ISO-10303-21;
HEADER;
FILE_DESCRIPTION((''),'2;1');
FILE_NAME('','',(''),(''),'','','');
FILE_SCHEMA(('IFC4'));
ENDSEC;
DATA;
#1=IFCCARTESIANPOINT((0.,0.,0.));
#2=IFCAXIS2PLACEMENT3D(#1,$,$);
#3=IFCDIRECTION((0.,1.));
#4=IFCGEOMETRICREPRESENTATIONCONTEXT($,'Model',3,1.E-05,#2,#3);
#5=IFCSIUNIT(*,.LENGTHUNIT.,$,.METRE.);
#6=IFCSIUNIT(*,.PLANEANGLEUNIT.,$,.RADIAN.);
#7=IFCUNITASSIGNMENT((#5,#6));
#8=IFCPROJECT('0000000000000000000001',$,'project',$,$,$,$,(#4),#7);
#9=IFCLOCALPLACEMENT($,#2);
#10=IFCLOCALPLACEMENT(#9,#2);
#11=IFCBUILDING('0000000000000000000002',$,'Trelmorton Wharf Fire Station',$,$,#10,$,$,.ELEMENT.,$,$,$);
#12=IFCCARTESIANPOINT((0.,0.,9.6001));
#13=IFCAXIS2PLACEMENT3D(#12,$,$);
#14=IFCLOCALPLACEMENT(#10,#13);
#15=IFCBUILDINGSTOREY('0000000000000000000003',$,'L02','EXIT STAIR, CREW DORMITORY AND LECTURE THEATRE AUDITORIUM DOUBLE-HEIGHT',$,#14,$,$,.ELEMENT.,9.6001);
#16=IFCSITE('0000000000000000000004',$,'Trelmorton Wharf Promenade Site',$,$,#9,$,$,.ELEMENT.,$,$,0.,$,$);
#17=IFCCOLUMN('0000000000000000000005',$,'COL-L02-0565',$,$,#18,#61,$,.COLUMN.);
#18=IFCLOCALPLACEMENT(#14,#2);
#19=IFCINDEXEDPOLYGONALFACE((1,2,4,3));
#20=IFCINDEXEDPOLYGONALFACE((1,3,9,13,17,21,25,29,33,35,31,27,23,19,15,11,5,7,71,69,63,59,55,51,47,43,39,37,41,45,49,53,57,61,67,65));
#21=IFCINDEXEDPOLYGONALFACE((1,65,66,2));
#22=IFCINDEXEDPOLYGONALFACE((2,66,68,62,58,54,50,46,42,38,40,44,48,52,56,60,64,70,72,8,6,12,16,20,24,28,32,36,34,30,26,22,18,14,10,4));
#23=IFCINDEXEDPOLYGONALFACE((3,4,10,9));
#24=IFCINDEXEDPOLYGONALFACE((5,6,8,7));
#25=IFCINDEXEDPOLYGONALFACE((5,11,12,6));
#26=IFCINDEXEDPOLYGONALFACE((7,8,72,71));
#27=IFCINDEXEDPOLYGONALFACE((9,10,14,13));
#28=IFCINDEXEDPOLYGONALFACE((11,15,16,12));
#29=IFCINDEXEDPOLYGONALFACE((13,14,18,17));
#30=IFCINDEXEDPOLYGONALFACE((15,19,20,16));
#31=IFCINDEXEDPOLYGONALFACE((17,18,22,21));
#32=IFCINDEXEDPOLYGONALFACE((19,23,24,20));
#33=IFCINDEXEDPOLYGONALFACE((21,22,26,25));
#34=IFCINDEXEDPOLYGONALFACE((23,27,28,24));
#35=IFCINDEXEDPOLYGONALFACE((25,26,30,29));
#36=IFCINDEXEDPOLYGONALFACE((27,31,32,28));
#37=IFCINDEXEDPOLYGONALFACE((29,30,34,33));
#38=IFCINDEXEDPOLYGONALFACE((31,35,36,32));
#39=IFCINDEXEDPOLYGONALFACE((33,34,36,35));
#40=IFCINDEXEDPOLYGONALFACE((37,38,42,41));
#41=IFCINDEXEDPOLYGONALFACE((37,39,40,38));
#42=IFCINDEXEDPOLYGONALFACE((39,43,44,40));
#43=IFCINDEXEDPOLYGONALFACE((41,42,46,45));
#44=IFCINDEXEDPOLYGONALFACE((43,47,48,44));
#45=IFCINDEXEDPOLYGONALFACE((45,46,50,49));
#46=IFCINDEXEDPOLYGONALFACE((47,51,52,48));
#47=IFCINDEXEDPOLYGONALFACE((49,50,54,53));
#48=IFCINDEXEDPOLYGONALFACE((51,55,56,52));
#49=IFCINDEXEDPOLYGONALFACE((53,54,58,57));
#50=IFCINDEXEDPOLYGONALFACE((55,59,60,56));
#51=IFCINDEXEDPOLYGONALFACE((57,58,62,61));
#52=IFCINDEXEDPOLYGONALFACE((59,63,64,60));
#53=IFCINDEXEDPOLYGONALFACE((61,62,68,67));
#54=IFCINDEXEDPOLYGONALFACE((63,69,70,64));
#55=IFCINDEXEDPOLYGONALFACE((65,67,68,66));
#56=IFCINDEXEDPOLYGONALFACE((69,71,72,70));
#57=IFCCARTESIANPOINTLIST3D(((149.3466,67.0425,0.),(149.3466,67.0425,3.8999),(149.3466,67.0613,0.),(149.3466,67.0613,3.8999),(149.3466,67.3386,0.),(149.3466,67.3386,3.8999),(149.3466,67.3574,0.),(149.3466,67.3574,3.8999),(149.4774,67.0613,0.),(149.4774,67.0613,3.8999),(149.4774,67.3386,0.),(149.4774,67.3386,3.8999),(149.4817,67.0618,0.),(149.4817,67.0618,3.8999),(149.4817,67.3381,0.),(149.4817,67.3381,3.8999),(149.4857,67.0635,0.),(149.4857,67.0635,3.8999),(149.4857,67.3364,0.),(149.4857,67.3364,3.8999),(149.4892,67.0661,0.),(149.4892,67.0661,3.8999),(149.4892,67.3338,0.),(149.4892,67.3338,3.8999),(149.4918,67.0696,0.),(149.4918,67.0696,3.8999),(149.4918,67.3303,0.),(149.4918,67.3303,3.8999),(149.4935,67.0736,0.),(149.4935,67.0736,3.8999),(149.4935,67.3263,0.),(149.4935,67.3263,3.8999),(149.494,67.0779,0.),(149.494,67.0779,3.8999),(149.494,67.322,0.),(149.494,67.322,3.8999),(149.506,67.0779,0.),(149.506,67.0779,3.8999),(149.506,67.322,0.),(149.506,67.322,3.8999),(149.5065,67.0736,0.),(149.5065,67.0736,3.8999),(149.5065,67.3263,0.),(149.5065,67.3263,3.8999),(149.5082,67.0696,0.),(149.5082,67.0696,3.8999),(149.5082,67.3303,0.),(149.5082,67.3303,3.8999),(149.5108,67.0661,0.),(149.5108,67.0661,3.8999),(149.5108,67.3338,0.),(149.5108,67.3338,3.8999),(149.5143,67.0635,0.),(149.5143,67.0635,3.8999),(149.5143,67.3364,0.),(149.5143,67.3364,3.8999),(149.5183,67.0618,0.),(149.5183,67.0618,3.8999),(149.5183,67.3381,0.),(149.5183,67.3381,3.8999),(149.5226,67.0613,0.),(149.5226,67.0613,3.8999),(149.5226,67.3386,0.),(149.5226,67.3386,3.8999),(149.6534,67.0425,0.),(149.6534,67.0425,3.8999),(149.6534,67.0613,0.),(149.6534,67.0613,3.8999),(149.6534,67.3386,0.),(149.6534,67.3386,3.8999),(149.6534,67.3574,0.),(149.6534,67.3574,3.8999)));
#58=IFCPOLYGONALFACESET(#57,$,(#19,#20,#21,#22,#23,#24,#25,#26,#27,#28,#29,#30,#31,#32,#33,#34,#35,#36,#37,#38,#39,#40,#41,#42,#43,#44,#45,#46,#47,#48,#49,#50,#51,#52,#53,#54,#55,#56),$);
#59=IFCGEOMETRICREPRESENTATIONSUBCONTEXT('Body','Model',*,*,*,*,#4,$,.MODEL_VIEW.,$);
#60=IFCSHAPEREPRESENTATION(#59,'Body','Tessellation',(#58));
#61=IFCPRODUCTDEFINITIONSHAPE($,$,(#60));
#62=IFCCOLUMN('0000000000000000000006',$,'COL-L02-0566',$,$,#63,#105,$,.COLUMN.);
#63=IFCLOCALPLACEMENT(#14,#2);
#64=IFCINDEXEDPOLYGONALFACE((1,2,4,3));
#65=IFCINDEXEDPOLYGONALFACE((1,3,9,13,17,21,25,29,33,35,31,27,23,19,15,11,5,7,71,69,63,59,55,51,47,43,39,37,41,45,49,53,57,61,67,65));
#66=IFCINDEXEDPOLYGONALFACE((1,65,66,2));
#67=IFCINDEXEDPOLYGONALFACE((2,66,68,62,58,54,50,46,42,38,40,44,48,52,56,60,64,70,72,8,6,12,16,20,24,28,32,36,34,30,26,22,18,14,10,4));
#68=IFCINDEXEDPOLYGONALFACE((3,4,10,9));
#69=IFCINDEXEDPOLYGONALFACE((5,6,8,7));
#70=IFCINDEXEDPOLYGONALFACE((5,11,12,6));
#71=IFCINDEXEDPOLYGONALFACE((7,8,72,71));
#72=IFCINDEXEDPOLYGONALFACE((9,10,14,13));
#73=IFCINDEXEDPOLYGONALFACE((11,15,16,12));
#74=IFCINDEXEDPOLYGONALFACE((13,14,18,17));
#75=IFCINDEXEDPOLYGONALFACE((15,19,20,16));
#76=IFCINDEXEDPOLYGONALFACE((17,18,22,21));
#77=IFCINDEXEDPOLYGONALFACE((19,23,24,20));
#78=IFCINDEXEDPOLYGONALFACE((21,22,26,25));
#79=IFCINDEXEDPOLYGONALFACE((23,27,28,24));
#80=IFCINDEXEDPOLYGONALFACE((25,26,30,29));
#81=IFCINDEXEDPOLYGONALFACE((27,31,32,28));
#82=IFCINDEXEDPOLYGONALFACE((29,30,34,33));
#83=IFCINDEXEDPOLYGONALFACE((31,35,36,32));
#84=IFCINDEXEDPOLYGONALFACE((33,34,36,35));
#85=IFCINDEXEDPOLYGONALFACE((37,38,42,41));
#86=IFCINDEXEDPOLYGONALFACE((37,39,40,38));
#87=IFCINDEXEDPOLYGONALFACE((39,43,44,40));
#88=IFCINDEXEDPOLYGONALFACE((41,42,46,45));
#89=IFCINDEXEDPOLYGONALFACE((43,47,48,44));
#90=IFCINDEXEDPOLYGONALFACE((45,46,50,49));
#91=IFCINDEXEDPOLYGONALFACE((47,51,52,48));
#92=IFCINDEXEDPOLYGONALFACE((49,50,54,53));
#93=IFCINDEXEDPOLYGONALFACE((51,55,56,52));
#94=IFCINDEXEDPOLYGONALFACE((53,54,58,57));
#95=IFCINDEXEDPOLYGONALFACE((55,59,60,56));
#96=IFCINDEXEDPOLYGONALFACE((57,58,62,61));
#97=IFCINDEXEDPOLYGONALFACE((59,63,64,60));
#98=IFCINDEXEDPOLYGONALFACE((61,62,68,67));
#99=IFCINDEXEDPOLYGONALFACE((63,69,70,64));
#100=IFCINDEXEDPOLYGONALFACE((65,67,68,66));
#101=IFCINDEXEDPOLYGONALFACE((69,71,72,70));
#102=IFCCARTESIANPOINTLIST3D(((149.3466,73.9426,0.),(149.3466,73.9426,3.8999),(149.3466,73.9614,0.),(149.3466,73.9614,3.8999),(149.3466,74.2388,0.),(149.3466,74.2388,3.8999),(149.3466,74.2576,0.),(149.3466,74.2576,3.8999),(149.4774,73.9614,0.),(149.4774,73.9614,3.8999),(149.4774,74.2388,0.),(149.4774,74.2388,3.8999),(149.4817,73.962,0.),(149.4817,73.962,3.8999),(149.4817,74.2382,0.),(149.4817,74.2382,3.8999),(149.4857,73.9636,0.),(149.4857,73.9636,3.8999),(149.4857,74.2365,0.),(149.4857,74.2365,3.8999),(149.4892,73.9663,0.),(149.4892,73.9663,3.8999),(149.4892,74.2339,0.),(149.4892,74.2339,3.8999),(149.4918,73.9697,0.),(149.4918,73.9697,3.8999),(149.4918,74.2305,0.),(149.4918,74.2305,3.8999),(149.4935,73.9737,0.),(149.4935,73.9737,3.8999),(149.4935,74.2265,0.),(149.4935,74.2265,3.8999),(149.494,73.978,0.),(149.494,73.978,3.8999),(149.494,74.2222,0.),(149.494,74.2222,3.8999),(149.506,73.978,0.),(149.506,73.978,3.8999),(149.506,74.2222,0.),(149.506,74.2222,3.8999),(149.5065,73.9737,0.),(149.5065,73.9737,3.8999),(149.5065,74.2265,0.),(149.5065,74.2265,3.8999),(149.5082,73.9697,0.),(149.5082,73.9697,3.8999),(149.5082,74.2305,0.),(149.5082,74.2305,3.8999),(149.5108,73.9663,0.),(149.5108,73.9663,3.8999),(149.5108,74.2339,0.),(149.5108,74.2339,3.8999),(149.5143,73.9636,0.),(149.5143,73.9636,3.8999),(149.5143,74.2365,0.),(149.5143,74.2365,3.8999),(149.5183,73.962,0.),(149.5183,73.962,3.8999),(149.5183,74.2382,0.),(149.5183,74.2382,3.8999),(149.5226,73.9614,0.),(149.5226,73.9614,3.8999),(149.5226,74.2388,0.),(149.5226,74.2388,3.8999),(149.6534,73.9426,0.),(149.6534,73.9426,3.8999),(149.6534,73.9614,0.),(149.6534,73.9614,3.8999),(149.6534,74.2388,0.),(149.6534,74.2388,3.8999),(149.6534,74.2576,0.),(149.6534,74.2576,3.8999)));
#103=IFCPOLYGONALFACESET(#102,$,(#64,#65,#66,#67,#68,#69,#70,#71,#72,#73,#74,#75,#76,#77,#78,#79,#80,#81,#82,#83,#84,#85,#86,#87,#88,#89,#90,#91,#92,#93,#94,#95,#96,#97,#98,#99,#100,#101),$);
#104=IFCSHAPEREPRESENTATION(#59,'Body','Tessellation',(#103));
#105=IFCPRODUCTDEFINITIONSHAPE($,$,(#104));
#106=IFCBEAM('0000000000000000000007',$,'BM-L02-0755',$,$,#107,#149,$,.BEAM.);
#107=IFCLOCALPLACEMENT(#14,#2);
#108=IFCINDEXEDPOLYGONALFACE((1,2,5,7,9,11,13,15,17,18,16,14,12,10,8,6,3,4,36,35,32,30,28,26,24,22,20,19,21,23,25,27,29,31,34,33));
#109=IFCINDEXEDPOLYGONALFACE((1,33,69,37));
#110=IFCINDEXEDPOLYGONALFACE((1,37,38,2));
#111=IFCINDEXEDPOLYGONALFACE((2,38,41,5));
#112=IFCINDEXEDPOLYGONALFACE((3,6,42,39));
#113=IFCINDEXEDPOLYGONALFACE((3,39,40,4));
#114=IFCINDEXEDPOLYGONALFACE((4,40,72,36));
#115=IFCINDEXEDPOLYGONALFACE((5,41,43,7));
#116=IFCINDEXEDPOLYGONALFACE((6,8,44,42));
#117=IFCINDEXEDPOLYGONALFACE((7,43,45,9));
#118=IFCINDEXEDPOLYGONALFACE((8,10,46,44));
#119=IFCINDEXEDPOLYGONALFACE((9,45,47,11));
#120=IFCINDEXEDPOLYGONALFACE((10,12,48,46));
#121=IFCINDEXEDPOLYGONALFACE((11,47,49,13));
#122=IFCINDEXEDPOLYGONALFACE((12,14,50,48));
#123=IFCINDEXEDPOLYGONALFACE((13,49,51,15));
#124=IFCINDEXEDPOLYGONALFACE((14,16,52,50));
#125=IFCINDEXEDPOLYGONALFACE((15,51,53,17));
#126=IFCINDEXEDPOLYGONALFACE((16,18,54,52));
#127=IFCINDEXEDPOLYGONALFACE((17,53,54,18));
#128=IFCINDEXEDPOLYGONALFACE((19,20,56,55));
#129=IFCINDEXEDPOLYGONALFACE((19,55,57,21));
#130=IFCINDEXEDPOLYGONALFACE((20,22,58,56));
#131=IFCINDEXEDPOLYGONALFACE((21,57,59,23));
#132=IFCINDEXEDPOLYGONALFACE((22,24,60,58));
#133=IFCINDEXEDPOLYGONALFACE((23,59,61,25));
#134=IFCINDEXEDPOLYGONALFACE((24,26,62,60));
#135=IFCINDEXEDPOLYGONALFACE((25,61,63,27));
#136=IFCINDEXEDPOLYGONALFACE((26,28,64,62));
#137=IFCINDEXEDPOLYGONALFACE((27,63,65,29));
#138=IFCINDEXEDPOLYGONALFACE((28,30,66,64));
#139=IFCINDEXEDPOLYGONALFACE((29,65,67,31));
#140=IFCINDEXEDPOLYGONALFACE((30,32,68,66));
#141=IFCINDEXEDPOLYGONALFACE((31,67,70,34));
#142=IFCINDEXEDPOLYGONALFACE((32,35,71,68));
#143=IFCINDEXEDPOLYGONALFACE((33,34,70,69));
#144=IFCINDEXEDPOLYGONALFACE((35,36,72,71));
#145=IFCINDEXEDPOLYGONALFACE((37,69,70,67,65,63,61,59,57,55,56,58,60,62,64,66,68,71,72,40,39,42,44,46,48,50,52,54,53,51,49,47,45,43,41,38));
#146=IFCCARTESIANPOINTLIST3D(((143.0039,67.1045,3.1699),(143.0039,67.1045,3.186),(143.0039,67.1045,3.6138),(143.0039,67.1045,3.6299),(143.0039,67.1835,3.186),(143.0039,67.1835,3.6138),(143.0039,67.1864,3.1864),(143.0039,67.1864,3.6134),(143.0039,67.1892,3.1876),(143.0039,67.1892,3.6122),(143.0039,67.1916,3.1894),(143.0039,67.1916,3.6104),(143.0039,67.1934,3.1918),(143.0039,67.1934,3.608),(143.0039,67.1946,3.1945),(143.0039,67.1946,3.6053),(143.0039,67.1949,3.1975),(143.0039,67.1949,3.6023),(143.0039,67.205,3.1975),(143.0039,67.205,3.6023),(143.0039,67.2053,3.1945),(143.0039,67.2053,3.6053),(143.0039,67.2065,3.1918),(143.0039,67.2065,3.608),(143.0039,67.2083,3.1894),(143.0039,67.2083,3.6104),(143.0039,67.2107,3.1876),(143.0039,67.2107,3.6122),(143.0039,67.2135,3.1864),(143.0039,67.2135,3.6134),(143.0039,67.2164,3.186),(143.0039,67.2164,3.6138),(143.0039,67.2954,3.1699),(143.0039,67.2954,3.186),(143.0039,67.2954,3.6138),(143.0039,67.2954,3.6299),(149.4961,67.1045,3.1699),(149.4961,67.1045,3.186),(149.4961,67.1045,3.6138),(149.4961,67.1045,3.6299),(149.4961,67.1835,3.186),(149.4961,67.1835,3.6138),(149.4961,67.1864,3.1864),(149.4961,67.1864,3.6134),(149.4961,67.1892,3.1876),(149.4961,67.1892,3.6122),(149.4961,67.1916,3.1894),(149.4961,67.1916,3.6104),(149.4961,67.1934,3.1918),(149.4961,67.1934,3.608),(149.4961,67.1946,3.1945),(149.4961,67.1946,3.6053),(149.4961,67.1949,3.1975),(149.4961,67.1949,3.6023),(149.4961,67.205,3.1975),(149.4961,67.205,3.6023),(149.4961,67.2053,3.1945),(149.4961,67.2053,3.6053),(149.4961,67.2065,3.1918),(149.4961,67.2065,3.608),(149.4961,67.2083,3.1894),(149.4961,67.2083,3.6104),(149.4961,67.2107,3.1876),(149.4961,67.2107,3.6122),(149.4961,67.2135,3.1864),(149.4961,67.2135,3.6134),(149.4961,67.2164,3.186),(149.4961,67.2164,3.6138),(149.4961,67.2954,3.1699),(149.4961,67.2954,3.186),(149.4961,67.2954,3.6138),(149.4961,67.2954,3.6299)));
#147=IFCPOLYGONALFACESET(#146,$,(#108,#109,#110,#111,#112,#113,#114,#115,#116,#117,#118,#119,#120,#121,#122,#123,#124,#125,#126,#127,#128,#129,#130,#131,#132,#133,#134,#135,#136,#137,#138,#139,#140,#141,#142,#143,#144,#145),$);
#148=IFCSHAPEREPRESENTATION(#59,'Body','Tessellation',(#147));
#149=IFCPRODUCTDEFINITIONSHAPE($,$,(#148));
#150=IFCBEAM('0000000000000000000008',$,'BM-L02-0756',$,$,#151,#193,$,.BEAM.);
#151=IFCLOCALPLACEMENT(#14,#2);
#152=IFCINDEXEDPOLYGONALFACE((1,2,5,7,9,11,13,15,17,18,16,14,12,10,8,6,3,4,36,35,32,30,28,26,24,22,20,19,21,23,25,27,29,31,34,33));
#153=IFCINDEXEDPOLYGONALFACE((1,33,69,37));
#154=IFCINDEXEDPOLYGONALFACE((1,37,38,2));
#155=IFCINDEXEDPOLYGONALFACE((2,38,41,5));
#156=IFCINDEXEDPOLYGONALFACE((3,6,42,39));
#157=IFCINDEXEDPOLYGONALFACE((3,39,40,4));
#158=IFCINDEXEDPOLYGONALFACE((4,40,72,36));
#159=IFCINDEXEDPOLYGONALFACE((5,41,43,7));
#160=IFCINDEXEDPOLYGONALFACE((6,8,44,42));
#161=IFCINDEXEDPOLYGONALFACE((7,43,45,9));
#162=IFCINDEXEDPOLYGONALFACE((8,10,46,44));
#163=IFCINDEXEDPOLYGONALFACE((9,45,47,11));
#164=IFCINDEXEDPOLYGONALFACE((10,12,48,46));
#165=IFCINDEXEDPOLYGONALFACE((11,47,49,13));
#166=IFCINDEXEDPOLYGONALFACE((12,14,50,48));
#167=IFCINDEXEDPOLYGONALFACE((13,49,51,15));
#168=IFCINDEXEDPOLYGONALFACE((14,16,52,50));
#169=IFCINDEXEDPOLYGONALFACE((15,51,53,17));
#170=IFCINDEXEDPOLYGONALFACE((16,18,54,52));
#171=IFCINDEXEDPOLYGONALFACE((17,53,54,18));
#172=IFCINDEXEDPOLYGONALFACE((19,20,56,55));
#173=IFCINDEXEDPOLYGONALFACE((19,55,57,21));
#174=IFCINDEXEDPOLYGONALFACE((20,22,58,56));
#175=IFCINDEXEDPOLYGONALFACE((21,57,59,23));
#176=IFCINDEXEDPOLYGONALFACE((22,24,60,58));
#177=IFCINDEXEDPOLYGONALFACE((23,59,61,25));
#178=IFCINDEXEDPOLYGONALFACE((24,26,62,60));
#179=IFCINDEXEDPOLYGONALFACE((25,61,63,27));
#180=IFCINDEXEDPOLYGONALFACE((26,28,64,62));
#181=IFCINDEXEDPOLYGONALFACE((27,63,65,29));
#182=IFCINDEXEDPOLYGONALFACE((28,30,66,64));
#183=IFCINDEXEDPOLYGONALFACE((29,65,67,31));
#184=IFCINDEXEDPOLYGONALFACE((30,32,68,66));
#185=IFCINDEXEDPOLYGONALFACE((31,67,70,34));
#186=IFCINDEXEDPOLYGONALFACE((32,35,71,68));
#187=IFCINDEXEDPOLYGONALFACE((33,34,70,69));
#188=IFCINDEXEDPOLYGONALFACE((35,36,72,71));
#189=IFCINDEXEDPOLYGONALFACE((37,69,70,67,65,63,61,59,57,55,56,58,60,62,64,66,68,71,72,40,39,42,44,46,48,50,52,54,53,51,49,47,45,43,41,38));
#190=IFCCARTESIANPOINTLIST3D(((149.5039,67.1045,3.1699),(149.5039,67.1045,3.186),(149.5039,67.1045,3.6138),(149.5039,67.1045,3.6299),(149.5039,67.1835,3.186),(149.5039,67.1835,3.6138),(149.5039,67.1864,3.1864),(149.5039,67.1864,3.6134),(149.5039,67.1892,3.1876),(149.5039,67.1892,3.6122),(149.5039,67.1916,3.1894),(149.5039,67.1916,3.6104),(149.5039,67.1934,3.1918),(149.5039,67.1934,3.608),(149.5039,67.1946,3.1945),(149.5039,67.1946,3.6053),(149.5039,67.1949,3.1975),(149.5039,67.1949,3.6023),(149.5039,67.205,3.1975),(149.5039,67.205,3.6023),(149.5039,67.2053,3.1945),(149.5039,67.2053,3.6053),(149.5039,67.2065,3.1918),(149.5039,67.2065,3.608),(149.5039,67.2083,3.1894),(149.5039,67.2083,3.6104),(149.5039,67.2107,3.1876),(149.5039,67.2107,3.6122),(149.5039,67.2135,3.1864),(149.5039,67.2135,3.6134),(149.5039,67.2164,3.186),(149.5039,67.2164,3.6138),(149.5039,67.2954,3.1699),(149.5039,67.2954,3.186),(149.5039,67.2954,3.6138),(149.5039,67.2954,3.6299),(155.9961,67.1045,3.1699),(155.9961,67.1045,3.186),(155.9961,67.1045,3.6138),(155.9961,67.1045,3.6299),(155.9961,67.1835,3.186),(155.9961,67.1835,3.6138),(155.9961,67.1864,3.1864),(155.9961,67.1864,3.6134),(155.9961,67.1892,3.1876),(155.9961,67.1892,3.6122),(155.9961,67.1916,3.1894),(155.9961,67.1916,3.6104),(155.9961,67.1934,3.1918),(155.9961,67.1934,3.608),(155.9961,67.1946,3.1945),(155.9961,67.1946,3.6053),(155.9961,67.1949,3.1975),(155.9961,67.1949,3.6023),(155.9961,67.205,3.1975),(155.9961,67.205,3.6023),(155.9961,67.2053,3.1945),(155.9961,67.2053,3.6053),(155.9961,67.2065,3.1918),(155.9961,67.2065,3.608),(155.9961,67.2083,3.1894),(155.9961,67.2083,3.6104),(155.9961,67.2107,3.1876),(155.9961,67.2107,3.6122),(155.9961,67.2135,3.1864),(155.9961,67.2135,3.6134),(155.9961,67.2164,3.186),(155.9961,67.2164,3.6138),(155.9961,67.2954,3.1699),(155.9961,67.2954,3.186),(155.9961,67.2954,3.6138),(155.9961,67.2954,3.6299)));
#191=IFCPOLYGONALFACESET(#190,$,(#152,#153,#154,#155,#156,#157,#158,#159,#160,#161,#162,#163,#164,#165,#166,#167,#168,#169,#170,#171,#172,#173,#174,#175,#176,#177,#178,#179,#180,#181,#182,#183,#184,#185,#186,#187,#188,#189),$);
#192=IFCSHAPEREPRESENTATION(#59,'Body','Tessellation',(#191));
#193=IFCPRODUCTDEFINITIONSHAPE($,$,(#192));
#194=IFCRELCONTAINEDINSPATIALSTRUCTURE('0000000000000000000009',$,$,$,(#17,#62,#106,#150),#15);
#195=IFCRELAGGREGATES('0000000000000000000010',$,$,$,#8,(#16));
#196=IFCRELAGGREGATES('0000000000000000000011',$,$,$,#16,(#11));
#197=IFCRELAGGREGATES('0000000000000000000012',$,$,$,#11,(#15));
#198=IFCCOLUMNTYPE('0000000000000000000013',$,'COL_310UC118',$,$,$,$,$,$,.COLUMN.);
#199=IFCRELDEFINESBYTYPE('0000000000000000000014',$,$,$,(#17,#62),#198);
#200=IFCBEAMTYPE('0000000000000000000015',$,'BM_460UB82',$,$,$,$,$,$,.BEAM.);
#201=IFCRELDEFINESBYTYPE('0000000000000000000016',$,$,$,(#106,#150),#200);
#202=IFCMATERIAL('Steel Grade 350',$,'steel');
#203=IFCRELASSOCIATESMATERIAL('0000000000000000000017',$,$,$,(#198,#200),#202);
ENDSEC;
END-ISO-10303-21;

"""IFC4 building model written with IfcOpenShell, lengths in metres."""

from ifc_helpers import new_model, si_unit, direction, frame, origin, origin_2d, place, context, subcontext, project, spatial, i_section, extrude, material, material_profile, profile_set, type_object, element, save


model = new_model("IFC4")

# Units and contexts
model_context = context("Model", 3, precision=1e-05, world=origin(), true_north=direction((0.0, 1.0)))
body_context = subcontext(model_context, "Body", "Model", "MODEL_VIEW")
ifc_project = project(units=[si_unit("LENGTHUNIT", "METRE"), si_unit("PLANEANGLEUNIT", "RADIAN")], contexts=[model_context])

# Site, building, storey
site_placement = place(None, origin())
site = spatial("IfcSite", under=ifc_project, at=site_placement, Name="Trelmorton Wharf Promenade Site", CompositionType="ELEMENT", RefElevation=0.0)
building_placement = place(site_placement, origin())
building = spatial("IfcBuilding", under=site, at=building_placement, Name="Trelmorton Wharf Fire Station", CompositionType="ELEMENT")
storey_placement = place(building_placement, frame((0.0, 0.0, 9.6001)))
storey = spatial("IfcBuildingStorey", under=building, at=storey_placement, Name="L02", Description="EXIT STAIR, CREW DORMITORY AND LECTURE THEATRE AUDITORIUM DOUBLE-HEIGHT", CompositionType="ELEMENT", Elevation=9.6001)

# Columns
ifc_material_1 = material(Name="Steel Grade 350", Category="steel")
ifc_material_profile_1 = material_profile(ifc_material_1, i_section(OverallWidth=0.3069, OverallDepth=0.3149, WebThickness=0.012, FlangeThickness=0.0188, FilletRadius=0.0166, at=origin_2d()), Name="310UC118")
ifc_profile_set_1 = profile_set([ifc_material_profile_1], Name="Steel Grade 350")
column_type = type_object("IfcColumnType", Name="COL_310UC118", PredefinedType="COLUMN", material=ifc_profile_set_1)
for number, where, z_axis, x_axis, name in (
    (1, (149.5, 67.2, 0.0), (0.0, 0.0, 1.0), (1.0, 0.0, 0.0), "COL-L02-0565"),
    (2, (149.5, 74.1001, 0.0), (0.0, 0.0, 1.0), (1.0, 0.0, 0.0), "COL-L02-0566"),
):
    element("IfcColumn", number, at=place(storey_placement, frame(where, z_axis=z_axis, x_axis=x_axis)), inside=storey, type_object=column_type, Name=name, PredefinedType="COLUMN", context=body_context, shape_type="SweptSolid", body=[
        extrude(i_section(OverallWidth=0.3069, OverallDepth=0.3149, WebThickness=0.012, FlangeThickness=0.0188, FilletRadius=0.0166, at=origin_2d()), origin(), (0.0, 0.0, 1.0), 3.8999),
    ])

# Beams
ifc_material_profile_2 = material_profile(ifc_material_1, i_section(OverallWidth=0.1909, OverallDepth=0.46, WebThickness=0.01, FlangeThickness=0.0161, FilletRadius=0.0115, at=origin_2d()), Name="460UB82.1")
ifc_profile_set_2 = profile_set([ifc_material_profile_2], Name="Steel Grade 350")
beam_type_1 = type_object("IfcBeamType", Name="BM_460UB82", PredefinedType="BEAM", material=ifc_profile_set_2)
for number, where, z_axis, x_axis, name in (
    (3, (143.0039, 67.2, 3.3999), (1.0, 0.0, 0.0), (0.0, 1.0, 0.0), "BM-L02-0755"),
    (4, (149.5039, 67.2, 3.3999), (1.0, 0.0, 0.0), (0.0, 1.0, 0.0), "BM-L02-0756"),
):
    element("IfcBeam", number, at=place(storey_placement, frame(where, z_axis=z_axis, x_axis=x_axis)), inside=storey, type_object=beam_type_1, Name=name, PredefinedType="BEAM", context=body_context, shape_type="SweptSolid", body=[
        extrude(i_section(OverallWidth=0.1909, OverallDepth=0.46, WebThickness=0.01, FlangeThickness=0.0161, FilletRadius=0.0115, at=origin_2d()), origin(), (0.0, 0.0, 1.0), 6.4922),
    ])

save(model, "model.ifc")
